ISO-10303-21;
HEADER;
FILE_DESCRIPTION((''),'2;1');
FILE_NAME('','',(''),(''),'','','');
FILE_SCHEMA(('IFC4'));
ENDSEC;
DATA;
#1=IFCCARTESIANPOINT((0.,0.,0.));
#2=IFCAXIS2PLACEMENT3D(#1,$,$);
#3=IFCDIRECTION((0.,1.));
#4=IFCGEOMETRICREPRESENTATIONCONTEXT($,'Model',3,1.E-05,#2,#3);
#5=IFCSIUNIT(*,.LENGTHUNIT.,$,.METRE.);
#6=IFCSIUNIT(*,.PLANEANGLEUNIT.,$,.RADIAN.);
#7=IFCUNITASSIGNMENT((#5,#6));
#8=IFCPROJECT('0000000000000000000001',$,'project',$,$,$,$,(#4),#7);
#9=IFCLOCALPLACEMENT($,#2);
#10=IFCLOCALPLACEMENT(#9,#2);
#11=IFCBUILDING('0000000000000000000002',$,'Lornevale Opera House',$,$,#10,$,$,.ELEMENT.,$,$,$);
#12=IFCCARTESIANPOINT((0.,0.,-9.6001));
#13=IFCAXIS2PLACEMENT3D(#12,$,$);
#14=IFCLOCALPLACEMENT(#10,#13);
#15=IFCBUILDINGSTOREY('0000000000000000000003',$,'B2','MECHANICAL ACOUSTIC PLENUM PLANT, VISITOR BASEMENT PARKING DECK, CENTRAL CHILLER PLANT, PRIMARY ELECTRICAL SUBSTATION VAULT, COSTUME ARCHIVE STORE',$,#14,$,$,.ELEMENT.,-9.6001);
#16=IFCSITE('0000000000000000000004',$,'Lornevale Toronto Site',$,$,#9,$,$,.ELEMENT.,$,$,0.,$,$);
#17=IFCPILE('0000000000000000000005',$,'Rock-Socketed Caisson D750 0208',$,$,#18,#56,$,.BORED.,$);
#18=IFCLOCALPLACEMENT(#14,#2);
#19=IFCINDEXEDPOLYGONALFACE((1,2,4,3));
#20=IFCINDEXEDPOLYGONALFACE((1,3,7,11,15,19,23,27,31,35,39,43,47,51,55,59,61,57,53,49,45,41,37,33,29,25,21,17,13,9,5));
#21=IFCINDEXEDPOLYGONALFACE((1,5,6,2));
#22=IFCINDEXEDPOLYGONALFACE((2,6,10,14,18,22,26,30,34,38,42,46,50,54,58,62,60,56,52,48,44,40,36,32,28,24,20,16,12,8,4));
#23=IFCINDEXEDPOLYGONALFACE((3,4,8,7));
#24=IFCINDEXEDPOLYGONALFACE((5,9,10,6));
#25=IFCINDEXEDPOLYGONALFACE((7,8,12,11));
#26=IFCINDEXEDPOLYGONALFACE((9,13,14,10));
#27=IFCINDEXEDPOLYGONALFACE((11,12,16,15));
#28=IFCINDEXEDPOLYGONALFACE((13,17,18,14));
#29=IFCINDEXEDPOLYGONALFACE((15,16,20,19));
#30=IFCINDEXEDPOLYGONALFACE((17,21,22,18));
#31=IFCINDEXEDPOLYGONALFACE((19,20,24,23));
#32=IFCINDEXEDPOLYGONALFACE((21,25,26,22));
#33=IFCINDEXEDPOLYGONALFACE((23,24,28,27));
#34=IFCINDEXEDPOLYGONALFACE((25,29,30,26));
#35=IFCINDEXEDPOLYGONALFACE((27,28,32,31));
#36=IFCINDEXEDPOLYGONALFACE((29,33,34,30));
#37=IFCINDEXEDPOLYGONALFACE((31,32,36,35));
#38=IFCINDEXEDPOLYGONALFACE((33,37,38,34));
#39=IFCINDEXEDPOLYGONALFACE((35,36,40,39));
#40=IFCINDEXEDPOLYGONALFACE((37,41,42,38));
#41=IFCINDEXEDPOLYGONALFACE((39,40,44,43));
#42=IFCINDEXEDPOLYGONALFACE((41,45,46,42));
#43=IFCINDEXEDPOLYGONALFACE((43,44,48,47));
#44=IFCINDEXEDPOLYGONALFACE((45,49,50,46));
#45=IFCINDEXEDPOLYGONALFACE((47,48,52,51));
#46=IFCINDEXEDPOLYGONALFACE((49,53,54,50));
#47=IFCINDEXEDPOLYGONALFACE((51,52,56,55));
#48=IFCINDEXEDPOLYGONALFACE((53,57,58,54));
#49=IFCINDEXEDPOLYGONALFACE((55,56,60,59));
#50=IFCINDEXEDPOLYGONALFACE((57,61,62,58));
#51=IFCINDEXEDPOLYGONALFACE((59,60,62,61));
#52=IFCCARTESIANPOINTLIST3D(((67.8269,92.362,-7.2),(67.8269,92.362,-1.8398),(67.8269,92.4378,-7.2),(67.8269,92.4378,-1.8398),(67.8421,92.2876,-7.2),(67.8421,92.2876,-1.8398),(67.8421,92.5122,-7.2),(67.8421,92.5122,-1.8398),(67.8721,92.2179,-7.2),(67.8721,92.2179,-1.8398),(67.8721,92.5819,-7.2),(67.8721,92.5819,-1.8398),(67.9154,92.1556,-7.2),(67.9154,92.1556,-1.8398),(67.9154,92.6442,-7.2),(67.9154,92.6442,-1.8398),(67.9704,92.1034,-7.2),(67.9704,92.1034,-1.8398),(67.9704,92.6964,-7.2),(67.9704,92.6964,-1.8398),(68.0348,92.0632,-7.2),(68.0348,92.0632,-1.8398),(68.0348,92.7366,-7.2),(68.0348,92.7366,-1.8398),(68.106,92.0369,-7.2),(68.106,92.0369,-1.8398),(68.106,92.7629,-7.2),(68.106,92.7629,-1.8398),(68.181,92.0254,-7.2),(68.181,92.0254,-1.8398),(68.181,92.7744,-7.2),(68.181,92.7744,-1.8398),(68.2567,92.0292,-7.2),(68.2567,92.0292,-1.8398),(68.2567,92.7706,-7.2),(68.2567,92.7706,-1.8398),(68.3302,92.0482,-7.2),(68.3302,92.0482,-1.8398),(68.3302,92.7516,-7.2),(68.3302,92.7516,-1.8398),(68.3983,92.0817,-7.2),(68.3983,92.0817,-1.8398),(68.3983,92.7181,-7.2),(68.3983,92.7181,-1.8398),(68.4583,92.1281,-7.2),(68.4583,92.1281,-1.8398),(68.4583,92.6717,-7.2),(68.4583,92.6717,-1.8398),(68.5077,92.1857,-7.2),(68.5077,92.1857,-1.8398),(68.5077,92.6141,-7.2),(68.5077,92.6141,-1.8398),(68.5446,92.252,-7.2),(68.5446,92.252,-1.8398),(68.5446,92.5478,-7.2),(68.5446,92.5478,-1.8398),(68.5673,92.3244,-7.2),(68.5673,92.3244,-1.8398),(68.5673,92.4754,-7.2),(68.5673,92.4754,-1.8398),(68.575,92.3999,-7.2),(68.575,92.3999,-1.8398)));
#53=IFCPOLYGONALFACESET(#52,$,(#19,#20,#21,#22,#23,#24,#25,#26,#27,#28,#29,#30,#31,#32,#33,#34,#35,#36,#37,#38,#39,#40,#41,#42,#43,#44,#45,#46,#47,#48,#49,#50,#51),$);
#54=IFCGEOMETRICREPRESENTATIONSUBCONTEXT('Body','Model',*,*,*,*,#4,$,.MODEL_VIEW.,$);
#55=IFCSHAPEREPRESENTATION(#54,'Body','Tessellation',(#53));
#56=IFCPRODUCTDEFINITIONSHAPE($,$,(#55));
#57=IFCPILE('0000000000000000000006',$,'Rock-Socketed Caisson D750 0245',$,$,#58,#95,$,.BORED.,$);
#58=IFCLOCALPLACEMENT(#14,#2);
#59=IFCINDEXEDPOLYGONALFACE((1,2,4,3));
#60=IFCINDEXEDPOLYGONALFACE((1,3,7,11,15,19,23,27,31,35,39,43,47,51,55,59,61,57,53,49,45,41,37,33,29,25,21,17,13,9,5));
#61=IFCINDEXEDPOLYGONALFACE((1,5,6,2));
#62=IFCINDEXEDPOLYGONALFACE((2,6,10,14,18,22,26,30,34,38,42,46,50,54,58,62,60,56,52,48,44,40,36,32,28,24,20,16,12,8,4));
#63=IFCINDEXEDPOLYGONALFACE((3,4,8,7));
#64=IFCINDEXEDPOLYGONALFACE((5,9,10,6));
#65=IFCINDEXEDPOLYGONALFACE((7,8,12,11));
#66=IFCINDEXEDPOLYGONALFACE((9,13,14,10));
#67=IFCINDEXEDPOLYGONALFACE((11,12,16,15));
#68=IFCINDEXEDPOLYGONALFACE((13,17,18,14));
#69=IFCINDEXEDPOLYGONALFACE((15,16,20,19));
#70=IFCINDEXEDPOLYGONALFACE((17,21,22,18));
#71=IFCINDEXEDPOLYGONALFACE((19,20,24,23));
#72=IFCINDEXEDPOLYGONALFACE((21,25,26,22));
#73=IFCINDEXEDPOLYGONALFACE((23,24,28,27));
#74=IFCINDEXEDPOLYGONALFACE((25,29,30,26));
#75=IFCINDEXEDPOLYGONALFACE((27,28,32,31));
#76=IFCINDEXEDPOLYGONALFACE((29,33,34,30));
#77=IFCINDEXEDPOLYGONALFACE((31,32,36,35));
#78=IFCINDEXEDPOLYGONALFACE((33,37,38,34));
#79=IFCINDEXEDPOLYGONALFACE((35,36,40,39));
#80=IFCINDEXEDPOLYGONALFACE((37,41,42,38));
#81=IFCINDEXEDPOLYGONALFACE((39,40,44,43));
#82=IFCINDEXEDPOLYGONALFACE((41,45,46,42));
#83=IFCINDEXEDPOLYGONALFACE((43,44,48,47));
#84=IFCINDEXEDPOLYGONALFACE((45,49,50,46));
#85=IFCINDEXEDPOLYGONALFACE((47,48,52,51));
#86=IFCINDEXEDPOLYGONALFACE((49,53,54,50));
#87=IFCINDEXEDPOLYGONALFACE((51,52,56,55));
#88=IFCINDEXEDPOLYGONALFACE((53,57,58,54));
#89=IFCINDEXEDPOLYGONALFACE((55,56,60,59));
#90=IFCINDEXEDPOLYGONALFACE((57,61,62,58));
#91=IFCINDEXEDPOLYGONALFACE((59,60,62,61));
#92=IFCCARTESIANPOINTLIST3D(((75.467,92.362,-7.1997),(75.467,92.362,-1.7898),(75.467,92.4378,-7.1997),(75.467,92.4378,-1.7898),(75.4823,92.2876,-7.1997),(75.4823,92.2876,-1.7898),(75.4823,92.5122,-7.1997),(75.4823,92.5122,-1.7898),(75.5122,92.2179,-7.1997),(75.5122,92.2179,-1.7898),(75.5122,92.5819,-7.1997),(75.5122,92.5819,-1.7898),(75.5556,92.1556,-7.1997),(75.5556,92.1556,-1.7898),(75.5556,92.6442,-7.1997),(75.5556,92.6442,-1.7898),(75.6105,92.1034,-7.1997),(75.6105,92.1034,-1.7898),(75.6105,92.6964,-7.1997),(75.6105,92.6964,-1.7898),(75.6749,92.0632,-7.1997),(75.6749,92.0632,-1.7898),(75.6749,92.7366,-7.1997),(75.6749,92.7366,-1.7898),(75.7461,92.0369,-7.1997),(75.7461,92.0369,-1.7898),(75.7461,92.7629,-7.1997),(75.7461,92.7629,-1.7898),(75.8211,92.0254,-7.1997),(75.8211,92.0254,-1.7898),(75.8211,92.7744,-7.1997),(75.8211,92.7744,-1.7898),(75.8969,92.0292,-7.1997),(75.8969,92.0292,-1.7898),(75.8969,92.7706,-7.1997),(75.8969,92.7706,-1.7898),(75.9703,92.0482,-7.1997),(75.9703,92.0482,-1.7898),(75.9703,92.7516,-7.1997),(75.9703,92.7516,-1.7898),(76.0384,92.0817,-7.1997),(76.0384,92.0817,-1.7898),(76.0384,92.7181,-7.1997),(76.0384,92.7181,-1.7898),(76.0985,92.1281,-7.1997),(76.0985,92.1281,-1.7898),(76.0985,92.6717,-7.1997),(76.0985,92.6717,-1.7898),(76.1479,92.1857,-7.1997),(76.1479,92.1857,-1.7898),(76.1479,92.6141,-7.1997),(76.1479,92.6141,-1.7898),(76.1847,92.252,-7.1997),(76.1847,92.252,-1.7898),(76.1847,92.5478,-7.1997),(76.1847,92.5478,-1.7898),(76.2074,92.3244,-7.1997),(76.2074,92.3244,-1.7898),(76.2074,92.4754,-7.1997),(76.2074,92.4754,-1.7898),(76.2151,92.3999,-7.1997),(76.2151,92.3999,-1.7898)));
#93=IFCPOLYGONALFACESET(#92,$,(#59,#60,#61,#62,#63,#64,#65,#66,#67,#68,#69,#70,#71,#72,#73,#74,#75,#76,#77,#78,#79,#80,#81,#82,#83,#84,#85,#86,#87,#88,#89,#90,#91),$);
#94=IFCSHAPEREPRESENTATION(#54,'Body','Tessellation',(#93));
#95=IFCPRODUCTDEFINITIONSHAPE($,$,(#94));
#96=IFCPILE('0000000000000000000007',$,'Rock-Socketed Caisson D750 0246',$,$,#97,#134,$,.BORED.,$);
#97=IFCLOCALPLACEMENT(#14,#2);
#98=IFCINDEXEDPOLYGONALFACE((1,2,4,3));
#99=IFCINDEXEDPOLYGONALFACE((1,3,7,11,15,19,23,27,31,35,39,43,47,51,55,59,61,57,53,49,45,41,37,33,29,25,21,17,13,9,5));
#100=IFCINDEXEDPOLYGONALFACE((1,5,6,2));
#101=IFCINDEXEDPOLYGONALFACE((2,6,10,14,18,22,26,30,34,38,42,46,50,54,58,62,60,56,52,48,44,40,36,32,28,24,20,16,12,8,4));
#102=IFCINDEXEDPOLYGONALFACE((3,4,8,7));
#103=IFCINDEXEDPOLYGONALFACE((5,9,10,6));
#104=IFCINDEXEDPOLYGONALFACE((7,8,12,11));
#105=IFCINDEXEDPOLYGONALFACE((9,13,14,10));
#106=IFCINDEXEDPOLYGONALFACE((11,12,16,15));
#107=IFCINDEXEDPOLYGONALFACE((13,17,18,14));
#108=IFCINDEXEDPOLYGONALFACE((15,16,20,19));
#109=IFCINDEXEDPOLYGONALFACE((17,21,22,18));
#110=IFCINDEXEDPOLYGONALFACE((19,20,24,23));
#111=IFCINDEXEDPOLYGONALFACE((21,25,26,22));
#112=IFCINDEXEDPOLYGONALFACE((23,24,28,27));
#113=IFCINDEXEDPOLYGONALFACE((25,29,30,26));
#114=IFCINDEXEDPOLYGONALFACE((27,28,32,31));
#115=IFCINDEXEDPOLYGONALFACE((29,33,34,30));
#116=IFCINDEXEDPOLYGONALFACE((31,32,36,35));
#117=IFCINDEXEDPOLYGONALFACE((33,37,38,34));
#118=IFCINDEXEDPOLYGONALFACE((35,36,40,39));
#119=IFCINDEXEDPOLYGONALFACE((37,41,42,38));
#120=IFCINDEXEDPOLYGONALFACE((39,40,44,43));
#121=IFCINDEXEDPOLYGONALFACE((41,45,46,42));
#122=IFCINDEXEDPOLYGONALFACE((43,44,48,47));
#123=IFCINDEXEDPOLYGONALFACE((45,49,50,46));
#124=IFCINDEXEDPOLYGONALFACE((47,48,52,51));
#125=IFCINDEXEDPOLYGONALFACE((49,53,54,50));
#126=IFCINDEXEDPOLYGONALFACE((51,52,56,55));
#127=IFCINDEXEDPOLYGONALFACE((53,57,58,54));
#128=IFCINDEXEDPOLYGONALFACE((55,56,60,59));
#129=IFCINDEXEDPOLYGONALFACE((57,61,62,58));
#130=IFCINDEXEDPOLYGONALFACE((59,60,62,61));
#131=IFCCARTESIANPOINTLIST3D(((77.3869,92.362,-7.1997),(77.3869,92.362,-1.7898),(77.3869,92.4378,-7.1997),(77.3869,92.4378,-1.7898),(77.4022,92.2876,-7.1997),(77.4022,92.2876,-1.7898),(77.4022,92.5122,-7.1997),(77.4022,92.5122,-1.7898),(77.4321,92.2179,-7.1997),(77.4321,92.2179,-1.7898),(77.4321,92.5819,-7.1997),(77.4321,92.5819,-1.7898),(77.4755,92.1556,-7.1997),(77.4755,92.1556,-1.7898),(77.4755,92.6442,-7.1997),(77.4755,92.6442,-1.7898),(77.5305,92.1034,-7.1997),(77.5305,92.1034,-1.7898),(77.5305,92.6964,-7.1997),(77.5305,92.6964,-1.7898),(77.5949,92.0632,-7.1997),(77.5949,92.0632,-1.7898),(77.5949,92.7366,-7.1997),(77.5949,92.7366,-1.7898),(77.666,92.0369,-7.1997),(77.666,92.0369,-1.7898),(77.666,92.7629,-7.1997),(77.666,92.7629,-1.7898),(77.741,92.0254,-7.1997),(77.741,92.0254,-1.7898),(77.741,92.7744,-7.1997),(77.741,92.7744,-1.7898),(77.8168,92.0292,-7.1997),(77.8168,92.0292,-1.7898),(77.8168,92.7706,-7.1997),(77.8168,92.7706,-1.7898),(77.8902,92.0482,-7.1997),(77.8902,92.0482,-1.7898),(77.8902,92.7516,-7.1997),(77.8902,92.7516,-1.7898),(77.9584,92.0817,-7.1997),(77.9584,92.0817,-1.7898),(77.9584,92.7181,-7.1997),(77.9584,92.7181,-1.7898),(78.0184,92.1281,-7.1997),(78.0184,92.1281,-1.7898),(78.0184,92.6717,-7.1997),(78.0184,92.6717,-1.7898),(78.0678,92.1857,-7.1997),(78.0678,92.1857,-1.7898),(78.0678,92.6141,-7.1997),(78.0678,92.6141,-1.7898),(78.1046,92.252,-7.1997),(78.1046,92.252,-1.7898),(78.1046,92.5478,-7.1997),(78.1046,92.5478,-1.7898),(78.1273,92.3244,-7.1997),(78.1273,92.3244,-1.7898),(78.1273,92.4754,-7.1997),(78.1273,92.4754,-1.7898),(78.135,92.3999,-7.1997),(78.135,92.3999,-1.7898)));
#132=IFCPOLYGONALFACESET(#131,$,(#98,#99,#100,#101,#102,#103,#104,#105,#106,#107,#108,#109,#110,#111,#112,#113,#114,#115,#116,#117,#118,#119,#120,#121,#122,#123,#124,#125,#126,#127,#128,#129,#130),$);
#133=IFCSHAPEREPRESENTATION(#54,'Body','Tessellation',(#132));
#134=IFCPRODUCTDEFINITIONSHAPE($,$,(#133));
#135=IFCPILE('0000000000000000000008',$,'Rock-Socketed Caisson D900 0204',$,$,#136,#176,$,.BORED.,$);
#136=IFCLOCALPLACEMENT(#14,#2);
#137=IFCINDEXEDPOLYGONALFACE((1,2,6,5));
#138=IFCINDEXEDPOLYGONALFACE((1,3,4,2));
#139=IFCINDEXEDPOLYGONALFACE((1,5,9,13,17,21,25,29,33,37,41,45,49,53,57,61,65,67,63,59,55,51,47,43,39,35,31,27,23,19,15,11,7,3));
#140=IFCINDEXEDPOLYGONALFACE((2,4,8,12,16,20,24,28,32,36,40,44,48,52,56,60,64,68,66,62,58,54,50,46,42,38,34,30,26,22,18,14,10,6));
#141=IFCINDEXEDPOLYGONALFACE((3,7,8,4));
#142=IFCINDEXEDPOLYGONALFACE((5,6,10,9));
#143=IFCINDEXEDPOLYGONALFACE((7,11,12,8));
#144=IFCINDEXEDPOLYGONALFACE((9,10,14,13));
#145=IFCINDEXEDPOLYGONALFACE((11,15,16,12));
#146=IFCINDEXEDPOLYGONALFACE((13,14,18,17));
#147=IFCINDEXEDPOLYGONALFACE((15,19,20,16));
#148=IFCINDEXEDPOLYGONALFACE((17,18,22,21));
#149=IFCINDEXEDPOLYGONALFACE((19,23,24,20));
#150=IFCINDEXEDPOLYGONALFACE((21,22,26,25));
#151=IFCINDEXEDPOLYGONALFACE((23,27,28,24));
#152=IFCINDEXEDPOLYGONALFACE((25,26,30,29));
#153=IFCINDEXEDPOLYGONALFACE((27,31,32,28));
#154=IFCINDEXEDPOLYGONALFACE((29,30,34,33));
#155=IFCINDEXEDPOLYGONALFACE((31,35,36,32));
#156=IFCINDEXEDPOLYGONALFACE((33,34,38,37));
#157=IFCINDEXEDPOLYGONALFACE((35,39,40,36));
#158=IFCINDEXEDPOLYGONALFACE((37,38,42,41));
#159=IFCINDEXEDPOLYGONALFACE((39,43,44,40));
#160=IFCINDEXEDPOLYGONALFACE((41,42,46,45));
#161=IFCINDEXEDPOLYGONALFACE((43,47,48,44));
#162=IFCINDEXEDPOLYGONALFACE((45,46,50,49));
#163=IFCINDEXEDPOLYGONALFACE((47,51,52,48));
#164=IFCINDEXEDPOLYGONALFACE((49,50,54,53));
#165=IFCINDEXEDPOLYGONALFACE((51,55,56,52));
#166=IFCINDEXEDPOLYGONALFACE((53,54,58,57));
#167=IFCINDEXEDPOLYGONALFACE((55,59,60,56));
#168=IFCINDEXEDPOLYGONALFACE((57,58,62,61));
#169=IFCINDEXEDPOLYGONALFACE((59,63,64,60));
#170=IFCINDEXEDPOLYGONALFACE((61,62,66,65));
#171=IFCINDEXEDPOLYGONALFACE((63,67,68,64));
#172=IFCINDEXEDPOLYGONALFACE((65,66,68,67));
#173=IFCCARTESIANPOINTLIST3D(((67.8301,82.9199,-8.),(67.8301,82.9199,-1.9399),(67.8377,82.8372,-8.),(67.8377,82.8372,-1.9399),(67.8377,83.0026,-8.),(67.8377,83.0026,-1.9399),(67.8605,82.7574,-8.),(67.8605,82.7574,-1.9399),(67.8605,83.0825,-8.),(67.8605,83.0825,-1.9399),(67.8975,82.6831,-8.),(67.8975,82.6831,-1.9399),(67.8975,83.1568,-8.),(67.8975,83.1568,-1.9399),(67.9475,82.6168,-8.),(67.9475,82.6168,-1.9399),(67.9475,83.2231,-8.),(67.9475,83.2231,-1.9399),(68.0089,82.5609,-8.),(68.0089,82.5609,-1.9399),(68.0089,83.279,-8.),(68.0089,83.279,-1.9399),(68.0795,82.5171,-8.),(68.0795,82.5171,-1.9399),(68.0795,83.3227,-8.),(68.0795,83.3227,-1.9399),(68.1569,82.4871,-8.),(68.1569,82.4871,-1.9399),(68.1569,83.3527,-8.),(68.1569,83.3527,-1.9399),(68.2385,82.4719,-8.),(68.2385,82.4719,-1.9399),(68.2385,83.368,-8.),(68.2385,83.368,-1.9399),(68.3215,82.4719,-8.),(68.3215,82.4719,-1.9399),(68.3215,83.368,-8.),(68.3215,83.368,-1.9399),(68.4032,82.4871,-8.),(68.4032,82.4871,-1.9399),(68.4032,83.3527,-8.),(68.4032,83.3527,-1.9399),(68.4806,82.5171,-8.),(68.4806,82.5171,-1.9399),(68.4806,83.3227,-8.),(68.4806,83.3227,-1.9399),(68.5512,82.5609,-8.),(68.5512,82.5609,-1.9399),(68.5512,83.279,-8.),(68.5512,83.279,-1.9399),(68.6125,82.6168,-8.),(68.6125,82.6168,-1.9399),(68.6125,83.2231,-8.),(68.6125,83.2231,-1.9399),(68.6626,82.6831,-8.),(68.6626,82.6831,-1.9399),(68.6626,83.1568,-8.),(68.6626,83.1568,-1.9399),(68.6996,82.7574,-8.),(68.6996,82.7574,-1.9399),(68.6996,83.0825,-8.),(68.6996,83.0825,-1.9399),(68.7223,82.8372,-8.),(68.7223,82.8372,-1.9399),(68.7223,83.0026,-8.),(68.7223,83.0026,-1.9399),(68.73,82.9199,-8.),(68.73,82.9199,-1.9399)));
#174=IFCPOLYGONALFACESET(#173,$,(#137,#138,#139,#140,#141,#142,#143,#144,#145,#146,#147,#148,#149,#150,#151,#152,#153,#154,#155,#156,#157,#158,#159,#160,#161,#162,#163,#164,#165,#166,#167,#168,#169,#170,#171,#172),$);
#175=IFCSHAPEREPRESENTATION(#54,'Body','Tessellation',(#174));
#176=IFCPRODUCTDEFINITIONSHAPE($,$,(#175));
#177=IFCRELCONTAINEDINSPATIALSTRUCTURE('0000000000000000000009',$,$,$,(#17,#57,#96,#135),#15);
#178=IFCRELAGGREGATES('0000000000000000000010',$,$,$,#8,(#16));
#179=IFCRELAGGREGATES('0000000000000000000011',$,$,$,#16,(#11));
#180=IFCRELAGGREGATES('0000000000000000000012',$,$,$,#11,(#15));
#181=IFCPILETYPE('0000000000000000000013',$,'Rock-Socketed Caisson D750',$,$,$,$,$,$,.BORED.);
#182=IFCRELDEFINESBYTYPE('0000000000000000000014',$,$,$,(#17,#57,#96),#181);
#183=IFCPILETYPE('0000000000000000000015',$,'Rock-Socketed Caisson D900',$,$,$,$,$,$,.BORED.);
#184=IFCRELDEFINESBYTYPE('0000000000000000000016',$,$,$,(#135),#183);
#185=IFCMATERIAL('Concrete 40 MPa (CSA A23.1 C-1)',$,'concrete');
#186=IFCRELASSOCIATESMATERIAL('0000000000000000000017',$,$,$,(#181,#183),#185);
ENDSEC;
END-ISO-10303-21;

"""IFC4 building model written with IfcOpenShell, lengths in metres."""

from ifc_helpers import new_model, si_unit, direction, frame, origin, origin_2d, place, context, subcontext, project, spatial, circle, extrude, material, material_profile, profile_set, type_object, element, save


model = new_model("IFC4")

# Units and contexts
model_context = context("Model", 3, precision=1e-05, world=origin(), true_north=direction((0.0, 1.0)))
body_context = subcontext(model_context, "Body", "Model", "MODEL_VIEW")
ifc_project = project(units=[si_unit("LENGTHUNIT", "METRE"), si_unit("PLANEANGLEUNIT", "RADIAN")], contexts=[model_context])

# Site, building, storey
site_placement = place(None, origin())
site = spatial("IfcSite", under=ifc_project, at=site_placement, Name="Lornevale Toronto Site", CompositionType="ELEMENT", RefElevation=0.0)
building_placement = place(site_placement, origin())
building = spatial("IfcBuilding", under=site, at=building_placement, Name="Lornevale Opera House", CompositionType="ELEMENT")
storey_placement = place(building_placement, frame((0.0, 0.0, -9.6001)))
storey = spatial("IfcBuildingStorey", under=building, at=storey_placement, Name="B2", Description="MECHANICAL ACOUSTIC PLENUM PLANT, VISITOR BASEMENT PARKING DECK, CENTRAL CHILLER PLANT, PRIMARY ELECTRICAL SUBSTATION VAULT, COSTUME ARCHIVE STORE", CompositionType="ELEMENT", Elevation=-9.6001)

# Piles
ifc_material_1 = material(Name="Concrete 40 MPa (CSA A23.1 C-1)", Category="concrete")
ifc_material_profile_1 = material_profile(ifc_material_1, circle(Radius=0.375, at=origin_2d()), Name="CAIS750")
ifc_profile_set_1 = profile_set([ifc_material_profile_1], Name="Concrete 40 MPa (CSA A23.1 C-1)")
pile_type_1 = type_object("IfcPileType", Name="Rock-Socketed Caisson D750", PredefinedType="BORED", material=ifc_profile_set_1)
pile_placement = place(storey_placement, frame((68.2, 92.3999, -1.8398), z_axis=(0.0, 0.0, -1.0), x_axis=(1.0, 0.0, 0.0)))
element("IfcPile", 1, at=pile_placement, inside=storey, type_object=pile_type_1, Name="Rock-Socketed Caisson D750 0208", PredefinedType="BORED", context=body_context, shape_type="SweptSolid", body=[
    extrude(circle(Radius=0.375, at=origin_2d()), origin(), (0.0, 0.0, 1.0), 5.3601),
])
for number, where, z_axis, x_axis, name in (
    (2, (75.8401, 92.3999, -1.7898), (0.0, 0.0, -1.0), (1.0, 0.0, 0.0), "Rock-Socketed Caisson D750 0245"),
    (3, (77.76, 92.3999, -1.7898), (0.0, 0.0, -1.0), (1.0, 0.0, 0.0), "Rock-Socketed Caisson D750 0246"),
):
    element("IfcPile", number, at=place(storey_placement, frame(where, z_axis=z_axis, x_axis=x_axis)), inside=storey, type_object=pile_type_1, Name=name, PredefinedType="BORED", context=body_context, shape_type="SweptSolid", body=[
        extrude(circle(Radius=0.375, at=origin_2d()), origin(), (0.0, 0.0, 1.0), 5.4099),
    ])
ifc_material_profile_2 = material_profile(ifc_material_1, circle(Radius=0.45, at=origin_2d()), Name="CAIS900")
ifc_profile_set_2 = profile_set([ifc_material_profile_2], Name="Concrete 40 MPa (CSA A23.1 C-1)")
pile_type_2 = type_object("IfcPileType", Name="Rock-Socketed Caisson D900", PredefinedType="BORED", material=ifc_profile_set_2)
for number, where, z_axis, x_axis, name in (
    (4, (68.28, 82.9199, -1.9399), (0.0, 0.0, -1.0), (1.0, 0.0, 0.0), "Rock-Socketed Caisson D900 0204"),
):
    element("IfcPile", number, at=place(storey_placement, frame(where, z_axis=z_axis, x_axis=x_axis)), inside=storey, type_object=pile_type_2, Name=name, PredefinedType="BORED", context=body_context, shape_type="SweptSolid", body=[
        extrude(circle(Radius=0.45, at=origin_2d()), origin(), (0.0, 0.0, 1.0), 6.0601),
    ])

save(model, "model.ifc")
